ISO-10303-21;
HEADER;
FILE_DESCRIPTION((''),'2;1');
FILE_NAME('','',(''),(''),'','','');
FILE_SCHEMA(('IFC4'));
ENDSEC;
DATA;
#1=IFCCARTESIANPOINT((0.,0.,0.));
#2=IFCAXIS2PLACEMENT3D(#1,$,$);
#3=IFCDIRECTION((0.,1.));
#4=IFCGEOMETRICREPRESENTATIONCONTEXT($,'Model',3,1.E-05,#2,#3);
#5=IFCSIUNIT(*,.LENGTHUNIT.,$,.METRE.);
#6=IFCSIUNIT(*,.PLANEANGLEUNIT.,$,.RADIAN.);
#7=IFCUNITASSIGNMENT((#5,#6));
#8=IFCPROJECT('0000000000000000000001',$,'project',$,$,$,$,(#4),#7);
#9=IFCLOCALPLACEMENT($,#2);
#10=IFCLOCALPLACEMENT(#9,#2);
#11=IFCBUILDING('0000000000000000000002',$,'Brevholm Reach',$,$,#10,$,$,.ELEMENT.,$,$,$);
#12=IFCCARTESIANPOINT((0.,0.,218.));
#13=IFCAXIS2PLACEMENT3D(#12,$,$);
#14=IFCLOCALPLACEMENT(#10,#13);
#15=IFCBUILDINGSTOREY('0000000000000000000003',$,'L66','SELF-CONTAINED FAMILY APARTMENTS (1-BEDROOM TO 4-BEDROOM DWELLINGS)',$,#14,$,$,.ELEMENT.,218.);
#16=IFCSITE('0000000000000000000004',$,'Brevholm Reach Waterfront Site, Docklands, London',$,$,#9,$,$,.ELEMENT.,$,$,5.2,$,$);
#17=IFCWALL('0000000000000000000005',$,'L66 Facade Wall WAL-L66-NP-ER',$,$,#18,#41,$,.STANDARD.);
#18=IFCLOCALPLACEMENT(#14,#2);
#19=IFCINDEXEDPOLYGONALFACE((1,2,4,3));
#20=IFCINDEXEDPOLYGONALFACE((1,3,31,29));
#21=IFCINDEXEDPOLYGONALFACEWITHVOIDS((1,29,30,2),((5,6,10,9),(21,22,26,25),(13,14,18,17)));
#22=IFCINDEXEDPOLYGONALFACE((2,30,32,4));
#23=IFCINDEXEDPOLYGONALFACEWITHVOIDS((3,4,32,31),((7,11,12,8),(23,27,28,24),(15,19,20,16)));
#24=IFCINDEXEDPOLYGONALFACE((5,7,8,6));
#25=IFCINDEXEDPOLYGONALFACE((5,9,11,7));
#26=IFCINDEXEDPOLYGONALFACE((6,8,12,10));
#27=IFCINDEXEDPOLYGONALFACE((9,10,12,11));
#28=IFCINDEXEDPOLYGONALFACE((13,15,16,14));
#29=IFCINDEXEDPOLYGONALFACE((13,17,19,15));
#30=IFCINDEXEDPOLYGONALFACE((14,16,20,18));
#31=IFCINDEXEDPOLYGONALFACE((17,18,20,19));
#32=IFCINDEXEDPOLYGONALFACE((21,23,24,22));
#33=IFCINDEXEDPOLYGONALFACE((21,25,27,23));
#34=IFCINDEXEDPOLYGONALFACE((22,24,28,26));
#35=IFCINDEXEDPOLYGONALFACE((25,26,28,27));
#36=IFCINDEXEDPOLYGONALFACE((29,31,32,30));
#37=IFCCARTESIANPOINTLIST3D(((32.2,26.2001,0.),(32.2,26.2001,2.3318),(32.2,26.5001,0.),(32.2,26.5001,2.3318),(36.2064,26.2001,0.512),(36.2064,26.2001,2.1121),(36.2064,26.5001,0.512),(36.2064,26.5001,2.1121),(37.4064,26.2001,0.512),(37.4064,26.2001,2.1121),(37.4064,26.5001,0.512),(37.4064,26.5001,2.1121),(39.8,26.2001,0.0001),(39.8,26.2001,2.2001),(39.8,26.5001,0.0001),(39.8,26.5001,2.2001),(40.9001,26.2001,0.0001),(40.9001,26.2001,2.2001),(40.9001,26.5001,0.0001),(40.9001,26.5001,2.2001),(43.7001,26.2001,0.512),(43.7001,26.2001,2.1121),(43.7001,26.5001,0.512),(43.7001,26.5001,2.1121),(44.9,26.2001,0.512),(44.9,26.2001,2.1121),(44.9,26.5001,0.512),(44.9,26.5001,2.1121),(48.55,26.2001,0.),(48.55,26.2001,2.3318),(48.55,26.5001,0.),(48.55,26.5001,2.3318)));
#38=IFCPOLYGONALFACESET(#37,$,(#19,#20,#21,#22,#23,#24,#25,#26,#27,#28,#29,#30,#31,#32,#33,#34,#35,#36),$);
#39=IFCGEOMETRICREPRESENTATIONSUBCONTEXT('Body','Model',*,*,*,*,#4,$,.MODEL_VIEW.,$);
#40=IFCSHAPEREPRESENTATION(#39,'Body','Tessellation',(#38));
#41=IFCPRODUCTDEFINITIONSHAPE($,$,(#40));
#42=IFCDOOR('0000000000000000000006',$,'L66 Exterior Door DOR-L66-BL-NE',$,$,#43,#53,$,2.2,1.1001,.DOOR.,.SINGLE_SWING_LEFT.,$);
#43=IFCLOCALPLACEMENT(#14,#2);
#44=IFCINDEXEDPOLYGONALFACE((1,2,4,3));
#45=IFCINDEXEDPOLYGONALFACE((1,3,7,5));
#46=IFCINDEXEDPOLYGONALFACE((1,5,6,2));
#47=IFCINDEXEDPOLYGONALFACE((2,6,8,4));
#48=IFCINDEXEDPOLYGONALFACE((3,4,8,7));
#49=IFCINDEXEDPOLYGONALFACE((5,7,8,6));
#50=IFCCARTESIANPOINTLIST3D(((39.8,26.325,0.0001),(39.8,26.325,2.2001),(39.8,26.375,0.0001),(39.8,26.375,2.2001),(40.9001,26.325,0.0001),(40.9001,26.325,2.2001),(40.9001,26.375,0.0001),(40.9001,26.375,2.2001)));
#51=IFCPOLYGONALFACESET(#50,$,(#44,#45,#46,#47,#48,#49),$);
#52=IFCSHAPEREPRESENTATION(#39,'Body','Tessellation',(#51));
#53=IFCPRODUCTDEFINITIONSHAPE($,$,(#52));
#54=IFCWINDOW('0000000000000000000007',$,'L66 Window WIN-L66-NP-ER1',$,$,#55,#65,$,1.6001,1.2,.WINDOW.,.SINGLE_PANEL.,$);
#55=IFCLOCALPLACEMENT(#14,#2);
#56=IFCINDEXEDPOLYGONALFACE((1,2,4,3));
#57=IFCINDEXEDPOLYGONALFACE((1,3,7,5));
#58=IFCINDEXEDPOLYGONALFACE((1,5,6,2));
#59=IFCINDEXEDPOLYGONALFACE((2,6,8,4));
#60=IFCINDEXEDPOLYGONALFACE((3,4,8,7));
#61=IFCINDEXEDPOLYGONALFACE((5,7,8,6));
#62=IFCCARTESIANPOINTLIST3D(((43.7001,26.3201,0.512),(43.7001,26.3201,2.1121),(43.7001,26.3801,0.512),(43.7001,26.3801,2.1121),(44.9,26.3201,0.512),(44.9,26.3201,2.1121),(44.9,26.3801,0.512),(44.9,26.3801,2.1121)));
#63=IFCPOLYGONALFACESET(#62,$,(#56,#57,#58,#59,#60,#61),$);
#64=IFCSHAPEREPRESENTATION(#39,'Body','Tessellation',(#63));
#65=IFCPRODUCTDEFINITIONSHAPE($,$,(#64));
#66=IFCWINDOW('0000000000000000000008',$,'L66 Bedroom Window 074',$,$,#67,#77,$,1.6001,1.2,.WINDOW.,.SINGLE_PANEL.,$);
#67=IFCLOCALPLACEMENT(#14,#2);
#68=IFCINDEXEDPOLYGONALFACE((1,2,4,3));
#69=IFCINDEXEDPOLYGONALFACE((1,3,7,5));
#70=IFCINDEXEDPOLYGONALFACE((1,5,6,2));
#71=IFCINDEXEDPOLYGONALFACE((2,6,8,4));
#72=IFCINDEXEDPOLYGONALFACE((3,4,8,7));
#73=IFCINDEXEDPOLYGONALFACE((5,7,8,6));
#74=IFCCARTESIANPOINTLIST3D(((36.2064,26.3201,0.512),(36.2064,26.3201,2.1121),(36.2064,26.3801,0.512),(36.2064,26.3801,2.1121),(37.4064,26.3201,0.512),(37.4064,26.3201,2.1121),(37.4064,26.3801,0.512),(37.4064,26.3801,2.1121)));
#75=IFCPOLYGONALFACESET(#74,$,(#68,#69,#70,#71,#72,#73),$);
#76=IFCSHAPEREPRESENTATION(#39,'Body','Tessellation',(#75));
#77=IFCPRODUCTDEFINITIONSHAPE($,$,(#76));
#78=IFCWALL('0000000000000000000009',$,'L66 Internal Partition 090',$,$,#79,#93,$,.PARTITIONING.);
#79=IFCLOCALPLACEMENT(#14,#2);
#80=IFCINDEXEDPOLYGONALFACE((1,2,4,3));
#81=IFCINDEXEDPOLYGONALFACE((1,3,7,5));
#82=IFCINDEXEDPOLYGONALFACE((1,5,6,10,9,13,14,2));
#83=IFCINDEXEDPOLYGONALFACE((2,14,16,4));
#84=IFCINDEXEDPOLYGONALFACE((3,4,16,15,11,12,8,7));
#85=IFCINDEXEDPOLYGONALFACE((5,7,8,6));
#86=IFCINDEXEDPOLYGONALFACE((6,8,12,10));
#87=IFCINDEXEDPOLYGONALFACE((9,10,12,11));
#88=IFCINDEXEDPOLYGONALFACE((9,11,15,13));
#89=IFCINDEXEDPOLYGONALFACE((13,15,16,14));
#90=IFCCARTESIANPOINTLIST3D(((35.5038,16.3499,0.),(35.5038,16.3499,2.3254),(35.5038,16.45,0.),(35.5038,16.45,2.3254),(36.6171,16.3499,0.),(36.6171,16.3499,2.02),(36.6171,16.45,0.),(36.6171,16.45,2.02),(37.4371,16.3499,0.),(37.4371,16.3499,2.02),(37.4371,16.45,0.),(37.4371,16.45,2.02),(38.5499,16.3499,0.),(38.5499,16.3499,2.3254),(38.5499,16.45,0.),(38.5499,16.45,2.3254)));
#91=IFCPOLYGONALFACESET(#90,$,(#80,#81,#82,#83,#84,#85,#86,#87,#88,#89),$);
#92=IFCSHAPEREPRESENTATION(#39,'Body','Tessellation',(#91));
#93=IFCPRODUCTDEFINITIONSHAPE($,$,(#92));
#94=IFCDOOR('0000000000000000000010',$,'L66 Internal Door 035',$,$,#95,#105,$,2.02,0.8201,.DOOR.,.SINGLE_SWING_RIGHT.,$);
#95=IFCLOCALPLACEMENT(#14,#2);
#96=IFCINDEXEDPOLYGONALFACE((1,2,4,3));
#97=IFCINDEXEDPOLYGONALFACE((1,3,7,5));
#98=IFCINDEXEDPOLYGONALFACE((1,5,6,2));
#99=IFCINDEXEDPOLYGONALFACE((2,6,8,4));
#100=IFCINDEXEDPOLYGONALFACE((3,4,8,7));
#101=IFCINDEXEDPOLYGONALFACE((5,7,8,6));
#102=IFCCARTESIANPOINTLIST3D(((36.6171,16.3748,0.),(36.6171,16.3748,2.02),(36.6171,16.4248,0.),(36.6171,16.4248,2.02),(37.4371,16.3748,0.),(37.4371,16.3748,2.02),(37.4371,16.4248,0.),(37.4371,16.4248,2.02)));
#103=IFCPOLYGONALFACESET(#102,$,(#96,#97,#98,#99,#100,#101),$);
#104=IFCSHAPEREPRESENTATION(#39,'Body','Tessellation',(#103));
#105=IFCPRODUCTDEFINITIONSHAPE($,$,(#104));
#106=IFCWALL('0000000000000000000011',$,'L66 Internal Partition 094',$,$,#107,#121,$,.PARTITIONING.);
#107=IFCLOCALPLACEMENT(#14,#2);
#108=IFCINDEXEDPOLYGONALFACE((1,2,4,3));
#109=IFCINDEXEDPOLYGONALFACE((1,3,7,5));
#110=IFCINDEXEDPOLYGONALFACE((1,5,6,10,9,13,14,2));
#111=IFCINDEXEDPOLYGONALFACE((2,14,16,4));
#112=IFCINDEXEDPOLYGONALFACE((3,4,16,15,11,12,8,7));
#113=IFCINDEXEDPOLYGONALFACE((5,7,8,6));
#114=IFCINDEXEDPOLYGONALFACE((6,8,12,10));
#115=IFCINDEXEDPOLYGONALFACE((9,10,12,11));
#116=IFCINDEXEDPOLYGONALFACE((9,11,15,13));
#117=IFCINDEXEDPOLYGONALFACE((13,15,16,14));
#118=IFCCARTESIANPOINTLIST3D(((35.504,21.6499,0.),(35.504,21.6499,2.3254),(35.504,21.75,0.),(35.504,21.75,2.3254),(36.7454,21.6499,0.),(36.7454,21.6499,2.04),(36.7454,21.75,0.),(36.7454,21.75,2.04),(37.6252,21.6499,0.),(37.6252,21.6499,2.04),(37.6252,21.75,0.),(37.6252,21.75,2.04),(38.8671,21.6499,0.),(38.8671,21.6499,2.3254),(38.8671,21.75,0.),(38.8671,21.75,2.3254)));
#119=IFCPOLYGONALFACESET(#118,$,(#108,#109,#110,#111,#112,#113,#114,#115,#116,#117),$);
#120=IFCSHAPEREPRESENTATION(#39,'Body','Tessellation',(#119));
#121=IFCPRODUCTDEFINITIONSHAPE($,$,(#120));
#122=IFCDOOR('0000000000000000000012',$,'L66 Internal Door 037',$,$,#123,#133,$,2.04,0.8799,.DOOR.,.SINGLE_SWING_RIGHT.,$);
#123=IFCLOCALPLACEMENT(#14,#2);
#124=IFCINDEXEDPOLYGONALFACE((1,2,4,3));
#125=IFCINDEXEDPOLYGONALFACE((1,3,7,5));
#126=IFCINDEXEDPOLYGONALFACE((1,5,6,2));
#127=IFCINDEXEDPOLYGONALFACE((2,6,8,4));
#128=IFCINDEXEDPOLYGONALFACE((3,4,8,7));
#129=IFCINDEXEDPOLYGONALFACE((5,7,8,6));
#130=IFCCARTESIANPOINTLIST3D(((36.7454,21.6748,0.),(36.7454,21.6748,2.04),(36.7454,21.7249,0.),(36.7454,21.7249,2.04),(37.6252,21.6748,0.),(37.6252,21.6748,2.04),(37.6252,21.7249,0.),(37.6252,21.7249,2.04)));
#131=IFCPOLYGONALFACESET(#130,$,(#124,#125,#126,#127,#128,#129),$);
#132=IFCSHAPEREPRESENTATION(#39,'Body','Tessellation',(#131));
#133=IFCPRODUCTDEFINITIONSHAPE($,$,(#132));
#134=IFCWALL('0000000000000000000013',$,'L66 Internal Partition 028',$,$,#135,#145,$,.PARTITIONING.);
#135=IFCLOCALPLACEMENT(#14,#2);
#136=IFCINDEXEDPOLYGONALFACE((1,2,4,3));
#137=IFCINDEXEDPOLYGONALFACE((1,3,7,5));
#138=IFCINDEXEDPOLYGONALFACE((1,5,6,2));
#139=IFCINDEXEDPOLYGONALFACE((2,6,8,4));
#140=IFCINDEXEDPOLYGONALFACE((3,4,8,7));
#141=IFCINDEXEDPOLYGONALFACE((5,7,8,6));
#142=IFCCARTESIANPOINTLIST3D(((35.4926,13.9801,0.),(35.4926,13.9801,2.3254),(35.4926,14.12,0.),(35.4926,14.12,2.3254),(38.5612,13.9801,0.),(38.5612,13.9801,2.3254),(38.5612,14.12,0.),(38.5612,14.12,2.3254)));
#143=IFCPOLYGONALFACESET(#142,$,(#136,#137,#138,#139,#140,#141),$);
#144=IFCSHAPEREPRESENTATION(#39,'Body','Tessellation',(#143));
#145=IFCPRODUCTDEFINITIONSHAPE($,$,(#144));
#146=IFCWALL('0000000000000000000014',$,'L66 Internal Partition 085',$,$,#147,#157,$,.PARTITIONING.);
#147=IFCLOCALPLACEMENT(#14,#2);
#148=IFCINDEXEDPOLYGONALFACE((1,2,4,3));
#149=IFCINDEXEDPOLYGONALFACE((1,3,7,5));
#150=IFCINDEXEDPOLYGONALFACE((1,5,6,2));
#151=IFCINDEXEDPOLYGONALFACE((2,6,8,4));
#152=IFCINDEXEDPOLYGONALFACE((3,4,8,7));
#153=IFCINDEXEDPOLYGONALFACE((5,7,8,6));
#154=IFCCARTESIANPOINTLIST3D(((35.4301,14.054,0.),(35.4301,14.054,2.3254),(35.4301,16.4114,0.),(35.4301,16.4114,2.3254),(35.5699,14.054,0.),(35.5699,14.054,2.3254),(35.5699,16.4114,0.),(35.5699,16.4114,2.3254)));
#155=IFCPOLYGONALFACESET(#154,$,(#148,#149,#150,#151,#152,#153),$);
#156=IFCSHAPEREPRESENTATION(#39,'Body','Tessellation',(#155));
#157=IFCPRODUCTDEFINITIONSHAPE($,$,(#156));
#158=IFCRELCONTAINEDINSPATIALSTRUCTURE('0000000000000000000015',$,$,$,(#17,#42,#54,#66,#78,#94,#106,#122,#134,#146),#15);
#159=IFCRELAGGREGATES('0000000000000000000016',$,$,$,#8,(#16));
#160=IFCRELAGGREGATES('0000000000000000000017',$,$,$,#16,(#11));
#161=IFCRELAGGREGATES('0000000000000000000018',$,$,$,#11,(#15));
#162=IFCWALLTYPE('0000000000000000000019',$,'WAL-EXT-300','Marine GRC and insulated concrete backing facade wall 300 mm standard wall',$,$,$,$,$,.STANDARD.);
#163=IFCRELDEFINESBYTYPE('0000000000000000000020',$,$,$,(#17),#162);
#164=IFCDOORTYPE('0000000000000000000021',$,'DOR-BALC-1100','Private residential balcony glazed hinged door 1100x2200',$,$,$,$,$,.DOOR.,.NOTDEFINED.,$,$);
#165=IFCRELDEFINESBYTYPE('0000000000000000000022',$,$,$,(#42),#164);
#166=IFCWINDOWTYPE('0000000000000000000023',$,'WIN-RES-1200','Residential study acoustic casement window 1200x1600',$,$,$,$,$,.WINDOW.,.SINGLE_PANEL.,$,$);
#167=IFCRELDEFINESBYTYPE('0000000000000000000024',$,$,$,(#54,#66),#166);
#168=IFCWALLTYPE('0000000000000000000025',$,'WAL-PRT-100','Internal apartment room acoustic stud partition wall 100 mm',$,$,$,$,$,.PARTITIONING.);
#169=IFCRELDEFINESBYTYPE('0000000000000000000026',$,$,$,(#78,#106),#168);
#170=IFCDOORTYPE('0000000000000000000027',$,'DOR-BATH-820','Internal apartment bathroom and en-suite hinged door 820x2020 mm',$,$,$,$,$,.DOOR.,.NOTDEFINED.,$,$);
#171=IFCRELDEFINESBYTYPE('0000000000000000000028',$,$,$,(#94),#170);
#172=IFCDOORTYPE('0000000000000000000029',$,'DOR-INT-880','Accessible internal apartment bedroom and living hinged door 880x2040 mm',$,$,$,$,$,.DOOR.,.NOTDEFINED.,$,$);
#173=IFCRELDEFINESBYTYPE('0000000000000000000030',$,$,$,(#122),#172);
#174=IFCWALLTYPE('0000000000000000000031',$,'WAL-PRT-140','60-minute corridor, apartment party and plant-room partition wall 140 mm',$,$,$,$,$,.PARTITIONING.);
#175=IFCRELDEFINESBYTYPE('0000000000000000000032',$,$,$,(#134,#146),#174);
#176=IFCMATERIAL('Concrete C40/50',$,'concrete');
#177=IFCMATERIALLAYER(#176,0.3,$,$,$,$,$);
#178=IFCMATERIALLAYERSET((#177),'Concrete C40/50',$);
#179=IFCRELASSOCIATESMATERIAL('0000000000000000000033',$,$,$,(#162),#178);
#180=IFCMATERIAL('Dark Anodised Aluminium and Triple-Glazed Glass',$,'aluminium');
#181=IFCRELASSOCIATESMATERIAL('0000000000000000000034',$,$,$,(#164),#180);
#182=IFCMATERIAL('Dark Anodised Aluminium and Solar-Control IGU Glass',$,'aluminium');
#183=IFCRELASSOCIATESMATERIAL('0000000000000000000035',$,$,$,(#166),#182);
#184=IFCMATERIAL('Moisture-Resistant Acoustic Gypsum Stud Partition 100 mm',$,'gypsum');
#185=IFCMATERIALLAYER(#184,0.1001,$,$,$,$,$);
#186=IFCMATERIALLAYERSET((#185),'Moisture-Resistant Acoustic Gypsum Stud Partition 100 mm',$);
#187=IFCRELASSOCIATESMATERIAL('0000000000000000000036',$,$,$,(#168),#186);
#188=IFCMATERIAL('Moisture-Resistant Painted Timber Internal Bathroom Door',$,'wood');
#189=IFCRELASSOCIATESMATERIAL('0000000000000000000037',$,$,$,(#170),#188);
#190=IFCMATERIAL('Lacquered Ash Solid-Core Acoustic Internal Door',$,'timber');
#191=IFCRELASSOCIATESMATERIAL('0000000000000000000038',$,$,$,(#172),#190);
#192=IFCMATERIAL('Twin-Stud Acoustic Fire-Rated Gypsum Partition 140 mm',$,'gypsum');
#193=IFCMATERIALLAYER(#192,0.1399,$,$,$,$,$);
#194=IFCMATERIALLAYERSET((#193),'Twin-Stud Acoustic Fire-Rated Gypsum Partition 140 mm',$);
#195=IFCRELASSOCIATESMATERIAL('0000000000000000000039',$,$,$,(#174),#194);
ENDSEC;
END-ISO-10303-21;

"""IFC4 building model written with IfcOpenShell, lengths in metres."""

from ifc_helpers import new_model, si_unit, direction, frame, frame_2d, origin, place, context, subcontext, project, spatial, rectangle, extrude, material, layer, layer_set, type_object, element, fill, save


model = new_model("IFC4")

# Units and contexts
model_context = context("Model", 3, precision=1e-05, world=origin(), true_north=direction((0.0, 1.0)))
body_context = subcontext(model_context, "Body", "Model", "MODEL_VIEW")
ifc_project = project(units=[si_unit("LENGTHUNIT", "METRE"), si_unit("PLANEANGLEUNIT", "RADIAN")], contexts=[model_context])

# Site, building, storey
site_placement = place(None, origin())
site = spatial("IfcSite", under=ifc_project, at=site_placement, Name="Brevholm Reach Waterfront Site, Docklands, London", CompositionType="ELEMENT", RefElevation=5.2)
building_placement = place(site_placement, origin())
building = spatial("IfcBuilding", under=site, at=building_placement, Name="Brevholm Reach", CompositionType="ELEMENT")
storey_placement = place(building_placement, frame((0.0, 0.0, 218.0)))
storey = spatial("IfcBuildingStorey", under=building, at=storey_placement, Name="L66", Description="SELF-CONTAINED FAMILY APARTMENTS (1-BEDROOM TO 4-BEDROOM DWELLINGS)", CompositionType="ELEMENT", Elevation=218.0)

# Wall, openings, door, windows
ifc_material_1 = material(Name="Concrete C40/50", Category="concrete")
ifc_layer_1 = layer(ifc_material_1, 0.3)
ifc_layer_set_1 = layer_set([ifc_layer_1], Name="Concrete C40/50")
wall_type_1 = type_object("IfcWallType", Name="WAL-EXT-300", Description="Marine GRC and insulated concrete backing facade wall 300 mm standard wall", PredefinedType="STANDARD", material=ifc_layer_set_1)
wall_1_placement = place(storey_placement, frame((32.2, 26.3501, 0.0), z_axis=(0.0, 0.0, 1.0), x_axis=(1.0, 0.0, 0.0)))
wall_1 = element("IfcWall", 1, at=wall_1_placement, inside=storey, type_object=wall_type_1, Name="L66 Facade Wall WAL-L66-NP-ER", PredefinedType="STANDARD", context=body_context, shape_type="SweptSolid", body=[
    extrude(rectangle(XDim=16.3501, YDim=0.3, at=frame_2d((8.175, 0.0))), origin(), (0.0, 0.0, 1.0), 2.3318),
])
opening_1_placement = place(wall_1_placement, frame((7.6001, 0.0, 0.0)))
opening_1 = element("IfcOpeningElement", 2, at=opening_1_placement, cuts=wall_1, PredefinedType="OPENING", context=body_context, shape_type="SweptSolid", body=[
    extrude(rectangle(XDim=1.1001, YDim=2.2, at=frame_2d((0.55, 1.1001))), frame((0.0, 0.1599, 0.0), z_axis=(0.0, -1.0, 0.0), x_axis=(1.0, 0.0, 0.0)), (0.0, 0.0, 1.0), 0.3201),
])
opening_2_placement = place(wall_1_placement, frame((11.5, 0.0, 0.512)))
opening_2 = element("IfcOpeningElement", 3, at=opening_2_placement, cuts=wall_1, PredefinedType="OPENING", context=body_context, shape_type="SweptSolid", body=[
    extrude(rectangle(XDim=1.2, YDim=1.6001, at=frame_2d((0.6001, 0.8))), frame((0.0, 0.1599, 0.0), z_axis=(0.0, -1.0, 0.0), x_axis=(1.0, 0.0, 0.0)), (0.0, 0.0, 1.0), 0.3201),
])
opening_3_placement = place(wall_1_placement, frame((4.0063, 0.0, 0.512)))
opening_3 = element("IfcOpeningElement", 4, at=opening_3_placement, cuts=wall_1, PredefinedType="OPENING", context=body_context, shape_type="SweptSolid", body=[
    extrude(rectangle(XDim=1.2, YDim=1.6001, at=frame_2d((0.6001, 0.8))), frame((0.0, 0.1599, 0.0), z_axis=(0.0, -1.0, 0.0), x_axis=(1.0, 0.0, 0.0)), (0.0, 0.0, 1.0), 0.3201),
])
ifc_material_2 = material(Name="Dark Anodised Aluminium and Triple-Glazed Glass", Category="aluminium")
door_type_1 = type_object("IfcDoorType", Name="DOR-BALC-1100", Description="Private residential balcony glazed hinged door 1100x2200", OperationType="NOTDEFINED", PredefinedType="DOOR", material=ifc_material_2)
door_1_placement = place(opening_1_placement, origin())
door_1 = element("IfcDoor", 5, at=door_1_placement, inside=storey, type_object=door_type_1, Name="L66 Exterior Door DOR-L66-BL-NE", OperationType="SINGLE_SWING_LEFT", OverallHeight=2.2, OverallWidth=1.1001, PredefinedType="DOOR", context=body_context, shape_type="SweptSolid", body=[
    extrude(rectangle(XDim=1.1001, YDim=2.2, at=frame_2d((0.55, 1.1001))), frame((0.0, 0.0249, 0.0), z_axis=(0.0, -1.0, 0.0), x_axis=(1.0, 0.0, 0.0)), (0.0, 0.0, 1.0), 0.05),
])
fill(opening_1, door_1)
ifc_material_3 = material(Name="Dark Anodised Aluminium and Solar-Control IGU Glass", Category="aluminium")
window_type = type_object("IfcWindowType", Name="WIN-RES-1200", Description="Residential study acoustic casement window 1200x1600", PartitioningType="SINGLE_PANEL", PredefinedType="WINDOW", material=ifc_material_3)
window_1_placement = place(opening_2_placement, origin())
window_1 = element("IfcWindow", 6, at=window_1_placement, inside=storey, type_object=window_type, Name="L66 Window WIN-L66-NP-ER1", OverallHeight=1.6001, OverallWidth=1.2, PartitioningType="SINGLE_PANEL", PredefinedType="WINDOW", context=body_context, shape_type="SweptSolid", body=[
    extrude(rectangle(XDim=1.2, YDim=1.6001, at=frame_2d((0.6001, 0.8))), frame((0.0, 0.03, 0.0), z_axis=(0.0, -1.0, 0.0), x_axis=(1.0, 0.0, 0.0)), (0.0, 0.0, 1.0), 0.0601),
])
fill(opening_2, window_1)
window_2_placement = place(opening_3_placement, origin())
window_2 = element("IfcWindow", 7, at=window_2_placement, inside=storey, type_object=window_type, Name="L66 Bedroom Window 074", OverallHeight=1.6001, OverallWidth=1.2, PartitioningType="SINGLE_PANEL", PredefinedType="WINDOW", context=body_context, shape_type="SweptSolid", body=[
    extrude(rectangle(XDim=1.2, YDim=1.6001, at=frame_2d((0.6001, 0.8))), frame((0.0, 0.03, 0.0), z_axis=(0.0, -1.0, 0.0), x_axis=(1.0, 0.0, 0.0)), (0.0, 0.0, 1.0), 0.0601),
])
fill(opening_3, window_2)

# Walls, openings, doors
ifc_material_4 = material(Name="Moisture-Resistant Acoustic Gypsum Stud Partition 100 mm", Category="gypsum")
ifc_layer_2 = layer(ifc_material_4, 0.1001)
ifc_layer_set_2 = layer_set([ifc_layer_2], Name="Moisture-Resistant Acoustic Gypsum Stud Partition 100 mm")
wall_type_2 = type_object("IfcWallType", Name="WAL-PRT-100", Description="Internal apartment room acoustic stud partition wall 100 mm", PredefinedType="PARTITIONING", material=ifc_layer_set_2)
wall_2_placement = place(storey_placement, frame((35.5039, 16.3999, 0.0), z_axis=(0.0, 0.0, 1.0), x_axis=(1.0, 0.0, 0.0)))
wall_2 = element("IfcWall", 8, at=wall_2_placement, inside=storey, type_object=wall_type_2, Name="L66 Internal Partition 090", PredefinedType="PARTITIONING", context=body_context, shape_type="SweptSolid", body=[
    extrude(rectangle(XDim=3.0461, YDim=0.1001, at=frame_2d((1.5229, 0.0))), origin(), (0.0, 0.0, 1.0), 2.3254),
])
opening_4_placement = place(wall_2_placement, frame((1.113, 0.0, 0.0)))
opening_4 = element("IfcOpeningElement", 9, at=opening_4_placement, cuts=wall_2, PredefinedType="OPENING", context=body_context, shape_type="SweptSolid", body=[
    extrude(rectangle(XDim=0.8201, YDim=2.02, at=frame_2d((0.4102, 1.01))), frame((0.0, 0.0601, 0.0), z_axis=(0.0, -1.0, 0.0), x_axis=(1.0, 0.0, 0.0)), (0.0, 0.0, 1.0), 0.1201),
])
ifc_material_5 = material(Name="Moisture-Resistant Painted Timber Internal Bathroom Door", Category="wood")
door_type_2 = type_object("IfcDoorType", Name="DOR-BATH-820", Description="Internal apartment bathroom and en-suite hinged door 820x2020 mm", OperationType="NOTDEFINED", PredefinedType="DOOR", material=ifc_material_5)
door_2_placement = place(opening_4_placement, origin())
door_2 = element("IfcDoor", 10, at=door_2_placement, inside=storey, type_object=door_type_2, Name="L66 Internal Door 035", OperationType="SINGLE_SWING_RIGHT", OverallHeight=2.02, OverallWidth=0.8201, PredefinedType="DOOR", context=body_context, shape_type="SweptSolid", body=[
    extrude(rectangle(XDim=0.8201, YDim=2.02, at=frame_2d((0.4102, 1.01))), frame((0.0, 0.0249, 0.0), z_axis=(0.0, -1.0, 0.0), x_axis=(1.0, 0.0, 0.0)), (0.0, 0.0, 1.0), 0.05),
])
fill(opening_4, door_2)
wall_3_placement = place(storey_placement, frame((35.5039, 21.7, 0.0), z_axis=(0.0, 0.0, 1.0), x_axis=(1.0, 0.0, 0.0)))
wall_3 = element("IfcWall", 11, at=wall_3_placement, inside=storey, type_object=wall_type_2, Name="L66 Internal Partition 094", PredefinedType="PARTITIONING", context=body_context, shape_type="SweptSolid", body=[
    extrude(rectangle(XDim=3.363, YDim=0.1001, at=frame_2d((1.6816, 0.0))), origin(), (0.0, 0.0, 1.0), 2.3254),
])
opening_5_placement = place(wall_3_placement, frame((1.2415, 0.0, 0.0)))
opening_5 = element("IfcOpeningElement", 12, at=opening_5_placement, cuts=wall_3, PredefinedType="OPENING", context=body_context, shape_type="SweptSolid", body=[
    extrude(rectangle(XDim=0.8799, YDim=2.04, at=frame_2d((0.4399, 1.02))), frame((0.0, 0.0601, 0.0), z_axis=(0.0, -1.0, 0.0), x_axis=(1.0, 0.0, 0.0)), (0.0, 0.0, 1.0), 0.1201),
])
ifc_material_6 = material(Name="Lacquered Ash Solid-Core Acoustic Internal Door", Category="timber")
door_type_3 = type_object("IfcDoorType", Name="DOR-INT-880", Description="Accessible internal apartment bedroom and living hinged door 880x2040 mm", OperationType="NOTDEFINED", PredefinedType="DOOR", material=ifc_material_6)
door_3_placement = place(opening_5_placement, origin())
door_3 = element("IfcDoor", 13, at=door_3_placement, inside=storey, type_object=door_type_3, Name="L66 Internal Door 037", OperationType="SINGLE_SWING_RIGHT", OverallHeight=2.04, OverallWidth=0.8799, PredefinedType="DOOR", context=body_context, shape_type="SweptSolid", body=[
    extrude(rectangle(XDim=0.8799, YDim=2.04, at=frame_2d((0.4399, 1.02))), frame((0.0, 0.0249, 0.0), z_axis=(0.0, -1.0, 0.0), x_axis=(1.0, 0.0, 0.0)), (0.0, 0.0, 1.0), 0.05),
])
fill(opening_5, door_3)

# Walls
ifc_material_7 = material(Name="Twin-Stud Acoustic Fire-Rated Gypsum Partition 140 mm", Category="gypsum")
ifc_layer_3 = layer(ifc_material_7, 0.1399)
ifc_layer_set_3 = layer_set([ifc_layer_3], Name="Twin-Stud Acoustic Fire-Rated Gypsum Partition 140 mm")
wall_type_3 = type_object("IfcWallType", Name="WAL-PRT-140", Description="60-minute corridor, apartment party and plant-room partition wall 140 mm", PredefinedType="PARTITIONING", material=ifc_layer_set_3)
wall_4_placement = place(storey_placement, frame((35.4927, 14.05, 0.0), z_axis=(0.0, 0.0, 1.0), x_axis=(1.0, 0.0, 0.0)))
element("IfcWall", 14, at=wall_4_placement, inside=storey, type_object=wall_type_3, Name="L66 Internal Partition 028", PredefinedType="PARTITIONING", context=body_context, shape_type="SweptSolid", body=[
    extrude(rectangle(XDim=3.0686, YDim=0.1399, at=frame_2d((1.5342, 0.0))), origin(), (0.0, 0.0, 1.0), 2.3254),
])
wall_5_placement = place(storey_placement, frame((35.5, 14.054, 0.0), z_axis=(0.0, 0.0, 1.0), x_axis=(0.0, 1.0, 0.0)))
element("IfcWall", 15, at=wall_5_placement, inside=storey, type_object=wall_type_3, Name="L66 Internal Partition 085", PredefinedType="PARTITIONING", context=body_context, shape_type="SweptSolid", body=[
    extrude(rectangle(XDim=2.3574, YDim=0.1399, at=frame_2d((1.1787, 0.0))), origin(), (0.0, 0.0, 1.0), 2.3254),
])

save(model, "model.ifc")
